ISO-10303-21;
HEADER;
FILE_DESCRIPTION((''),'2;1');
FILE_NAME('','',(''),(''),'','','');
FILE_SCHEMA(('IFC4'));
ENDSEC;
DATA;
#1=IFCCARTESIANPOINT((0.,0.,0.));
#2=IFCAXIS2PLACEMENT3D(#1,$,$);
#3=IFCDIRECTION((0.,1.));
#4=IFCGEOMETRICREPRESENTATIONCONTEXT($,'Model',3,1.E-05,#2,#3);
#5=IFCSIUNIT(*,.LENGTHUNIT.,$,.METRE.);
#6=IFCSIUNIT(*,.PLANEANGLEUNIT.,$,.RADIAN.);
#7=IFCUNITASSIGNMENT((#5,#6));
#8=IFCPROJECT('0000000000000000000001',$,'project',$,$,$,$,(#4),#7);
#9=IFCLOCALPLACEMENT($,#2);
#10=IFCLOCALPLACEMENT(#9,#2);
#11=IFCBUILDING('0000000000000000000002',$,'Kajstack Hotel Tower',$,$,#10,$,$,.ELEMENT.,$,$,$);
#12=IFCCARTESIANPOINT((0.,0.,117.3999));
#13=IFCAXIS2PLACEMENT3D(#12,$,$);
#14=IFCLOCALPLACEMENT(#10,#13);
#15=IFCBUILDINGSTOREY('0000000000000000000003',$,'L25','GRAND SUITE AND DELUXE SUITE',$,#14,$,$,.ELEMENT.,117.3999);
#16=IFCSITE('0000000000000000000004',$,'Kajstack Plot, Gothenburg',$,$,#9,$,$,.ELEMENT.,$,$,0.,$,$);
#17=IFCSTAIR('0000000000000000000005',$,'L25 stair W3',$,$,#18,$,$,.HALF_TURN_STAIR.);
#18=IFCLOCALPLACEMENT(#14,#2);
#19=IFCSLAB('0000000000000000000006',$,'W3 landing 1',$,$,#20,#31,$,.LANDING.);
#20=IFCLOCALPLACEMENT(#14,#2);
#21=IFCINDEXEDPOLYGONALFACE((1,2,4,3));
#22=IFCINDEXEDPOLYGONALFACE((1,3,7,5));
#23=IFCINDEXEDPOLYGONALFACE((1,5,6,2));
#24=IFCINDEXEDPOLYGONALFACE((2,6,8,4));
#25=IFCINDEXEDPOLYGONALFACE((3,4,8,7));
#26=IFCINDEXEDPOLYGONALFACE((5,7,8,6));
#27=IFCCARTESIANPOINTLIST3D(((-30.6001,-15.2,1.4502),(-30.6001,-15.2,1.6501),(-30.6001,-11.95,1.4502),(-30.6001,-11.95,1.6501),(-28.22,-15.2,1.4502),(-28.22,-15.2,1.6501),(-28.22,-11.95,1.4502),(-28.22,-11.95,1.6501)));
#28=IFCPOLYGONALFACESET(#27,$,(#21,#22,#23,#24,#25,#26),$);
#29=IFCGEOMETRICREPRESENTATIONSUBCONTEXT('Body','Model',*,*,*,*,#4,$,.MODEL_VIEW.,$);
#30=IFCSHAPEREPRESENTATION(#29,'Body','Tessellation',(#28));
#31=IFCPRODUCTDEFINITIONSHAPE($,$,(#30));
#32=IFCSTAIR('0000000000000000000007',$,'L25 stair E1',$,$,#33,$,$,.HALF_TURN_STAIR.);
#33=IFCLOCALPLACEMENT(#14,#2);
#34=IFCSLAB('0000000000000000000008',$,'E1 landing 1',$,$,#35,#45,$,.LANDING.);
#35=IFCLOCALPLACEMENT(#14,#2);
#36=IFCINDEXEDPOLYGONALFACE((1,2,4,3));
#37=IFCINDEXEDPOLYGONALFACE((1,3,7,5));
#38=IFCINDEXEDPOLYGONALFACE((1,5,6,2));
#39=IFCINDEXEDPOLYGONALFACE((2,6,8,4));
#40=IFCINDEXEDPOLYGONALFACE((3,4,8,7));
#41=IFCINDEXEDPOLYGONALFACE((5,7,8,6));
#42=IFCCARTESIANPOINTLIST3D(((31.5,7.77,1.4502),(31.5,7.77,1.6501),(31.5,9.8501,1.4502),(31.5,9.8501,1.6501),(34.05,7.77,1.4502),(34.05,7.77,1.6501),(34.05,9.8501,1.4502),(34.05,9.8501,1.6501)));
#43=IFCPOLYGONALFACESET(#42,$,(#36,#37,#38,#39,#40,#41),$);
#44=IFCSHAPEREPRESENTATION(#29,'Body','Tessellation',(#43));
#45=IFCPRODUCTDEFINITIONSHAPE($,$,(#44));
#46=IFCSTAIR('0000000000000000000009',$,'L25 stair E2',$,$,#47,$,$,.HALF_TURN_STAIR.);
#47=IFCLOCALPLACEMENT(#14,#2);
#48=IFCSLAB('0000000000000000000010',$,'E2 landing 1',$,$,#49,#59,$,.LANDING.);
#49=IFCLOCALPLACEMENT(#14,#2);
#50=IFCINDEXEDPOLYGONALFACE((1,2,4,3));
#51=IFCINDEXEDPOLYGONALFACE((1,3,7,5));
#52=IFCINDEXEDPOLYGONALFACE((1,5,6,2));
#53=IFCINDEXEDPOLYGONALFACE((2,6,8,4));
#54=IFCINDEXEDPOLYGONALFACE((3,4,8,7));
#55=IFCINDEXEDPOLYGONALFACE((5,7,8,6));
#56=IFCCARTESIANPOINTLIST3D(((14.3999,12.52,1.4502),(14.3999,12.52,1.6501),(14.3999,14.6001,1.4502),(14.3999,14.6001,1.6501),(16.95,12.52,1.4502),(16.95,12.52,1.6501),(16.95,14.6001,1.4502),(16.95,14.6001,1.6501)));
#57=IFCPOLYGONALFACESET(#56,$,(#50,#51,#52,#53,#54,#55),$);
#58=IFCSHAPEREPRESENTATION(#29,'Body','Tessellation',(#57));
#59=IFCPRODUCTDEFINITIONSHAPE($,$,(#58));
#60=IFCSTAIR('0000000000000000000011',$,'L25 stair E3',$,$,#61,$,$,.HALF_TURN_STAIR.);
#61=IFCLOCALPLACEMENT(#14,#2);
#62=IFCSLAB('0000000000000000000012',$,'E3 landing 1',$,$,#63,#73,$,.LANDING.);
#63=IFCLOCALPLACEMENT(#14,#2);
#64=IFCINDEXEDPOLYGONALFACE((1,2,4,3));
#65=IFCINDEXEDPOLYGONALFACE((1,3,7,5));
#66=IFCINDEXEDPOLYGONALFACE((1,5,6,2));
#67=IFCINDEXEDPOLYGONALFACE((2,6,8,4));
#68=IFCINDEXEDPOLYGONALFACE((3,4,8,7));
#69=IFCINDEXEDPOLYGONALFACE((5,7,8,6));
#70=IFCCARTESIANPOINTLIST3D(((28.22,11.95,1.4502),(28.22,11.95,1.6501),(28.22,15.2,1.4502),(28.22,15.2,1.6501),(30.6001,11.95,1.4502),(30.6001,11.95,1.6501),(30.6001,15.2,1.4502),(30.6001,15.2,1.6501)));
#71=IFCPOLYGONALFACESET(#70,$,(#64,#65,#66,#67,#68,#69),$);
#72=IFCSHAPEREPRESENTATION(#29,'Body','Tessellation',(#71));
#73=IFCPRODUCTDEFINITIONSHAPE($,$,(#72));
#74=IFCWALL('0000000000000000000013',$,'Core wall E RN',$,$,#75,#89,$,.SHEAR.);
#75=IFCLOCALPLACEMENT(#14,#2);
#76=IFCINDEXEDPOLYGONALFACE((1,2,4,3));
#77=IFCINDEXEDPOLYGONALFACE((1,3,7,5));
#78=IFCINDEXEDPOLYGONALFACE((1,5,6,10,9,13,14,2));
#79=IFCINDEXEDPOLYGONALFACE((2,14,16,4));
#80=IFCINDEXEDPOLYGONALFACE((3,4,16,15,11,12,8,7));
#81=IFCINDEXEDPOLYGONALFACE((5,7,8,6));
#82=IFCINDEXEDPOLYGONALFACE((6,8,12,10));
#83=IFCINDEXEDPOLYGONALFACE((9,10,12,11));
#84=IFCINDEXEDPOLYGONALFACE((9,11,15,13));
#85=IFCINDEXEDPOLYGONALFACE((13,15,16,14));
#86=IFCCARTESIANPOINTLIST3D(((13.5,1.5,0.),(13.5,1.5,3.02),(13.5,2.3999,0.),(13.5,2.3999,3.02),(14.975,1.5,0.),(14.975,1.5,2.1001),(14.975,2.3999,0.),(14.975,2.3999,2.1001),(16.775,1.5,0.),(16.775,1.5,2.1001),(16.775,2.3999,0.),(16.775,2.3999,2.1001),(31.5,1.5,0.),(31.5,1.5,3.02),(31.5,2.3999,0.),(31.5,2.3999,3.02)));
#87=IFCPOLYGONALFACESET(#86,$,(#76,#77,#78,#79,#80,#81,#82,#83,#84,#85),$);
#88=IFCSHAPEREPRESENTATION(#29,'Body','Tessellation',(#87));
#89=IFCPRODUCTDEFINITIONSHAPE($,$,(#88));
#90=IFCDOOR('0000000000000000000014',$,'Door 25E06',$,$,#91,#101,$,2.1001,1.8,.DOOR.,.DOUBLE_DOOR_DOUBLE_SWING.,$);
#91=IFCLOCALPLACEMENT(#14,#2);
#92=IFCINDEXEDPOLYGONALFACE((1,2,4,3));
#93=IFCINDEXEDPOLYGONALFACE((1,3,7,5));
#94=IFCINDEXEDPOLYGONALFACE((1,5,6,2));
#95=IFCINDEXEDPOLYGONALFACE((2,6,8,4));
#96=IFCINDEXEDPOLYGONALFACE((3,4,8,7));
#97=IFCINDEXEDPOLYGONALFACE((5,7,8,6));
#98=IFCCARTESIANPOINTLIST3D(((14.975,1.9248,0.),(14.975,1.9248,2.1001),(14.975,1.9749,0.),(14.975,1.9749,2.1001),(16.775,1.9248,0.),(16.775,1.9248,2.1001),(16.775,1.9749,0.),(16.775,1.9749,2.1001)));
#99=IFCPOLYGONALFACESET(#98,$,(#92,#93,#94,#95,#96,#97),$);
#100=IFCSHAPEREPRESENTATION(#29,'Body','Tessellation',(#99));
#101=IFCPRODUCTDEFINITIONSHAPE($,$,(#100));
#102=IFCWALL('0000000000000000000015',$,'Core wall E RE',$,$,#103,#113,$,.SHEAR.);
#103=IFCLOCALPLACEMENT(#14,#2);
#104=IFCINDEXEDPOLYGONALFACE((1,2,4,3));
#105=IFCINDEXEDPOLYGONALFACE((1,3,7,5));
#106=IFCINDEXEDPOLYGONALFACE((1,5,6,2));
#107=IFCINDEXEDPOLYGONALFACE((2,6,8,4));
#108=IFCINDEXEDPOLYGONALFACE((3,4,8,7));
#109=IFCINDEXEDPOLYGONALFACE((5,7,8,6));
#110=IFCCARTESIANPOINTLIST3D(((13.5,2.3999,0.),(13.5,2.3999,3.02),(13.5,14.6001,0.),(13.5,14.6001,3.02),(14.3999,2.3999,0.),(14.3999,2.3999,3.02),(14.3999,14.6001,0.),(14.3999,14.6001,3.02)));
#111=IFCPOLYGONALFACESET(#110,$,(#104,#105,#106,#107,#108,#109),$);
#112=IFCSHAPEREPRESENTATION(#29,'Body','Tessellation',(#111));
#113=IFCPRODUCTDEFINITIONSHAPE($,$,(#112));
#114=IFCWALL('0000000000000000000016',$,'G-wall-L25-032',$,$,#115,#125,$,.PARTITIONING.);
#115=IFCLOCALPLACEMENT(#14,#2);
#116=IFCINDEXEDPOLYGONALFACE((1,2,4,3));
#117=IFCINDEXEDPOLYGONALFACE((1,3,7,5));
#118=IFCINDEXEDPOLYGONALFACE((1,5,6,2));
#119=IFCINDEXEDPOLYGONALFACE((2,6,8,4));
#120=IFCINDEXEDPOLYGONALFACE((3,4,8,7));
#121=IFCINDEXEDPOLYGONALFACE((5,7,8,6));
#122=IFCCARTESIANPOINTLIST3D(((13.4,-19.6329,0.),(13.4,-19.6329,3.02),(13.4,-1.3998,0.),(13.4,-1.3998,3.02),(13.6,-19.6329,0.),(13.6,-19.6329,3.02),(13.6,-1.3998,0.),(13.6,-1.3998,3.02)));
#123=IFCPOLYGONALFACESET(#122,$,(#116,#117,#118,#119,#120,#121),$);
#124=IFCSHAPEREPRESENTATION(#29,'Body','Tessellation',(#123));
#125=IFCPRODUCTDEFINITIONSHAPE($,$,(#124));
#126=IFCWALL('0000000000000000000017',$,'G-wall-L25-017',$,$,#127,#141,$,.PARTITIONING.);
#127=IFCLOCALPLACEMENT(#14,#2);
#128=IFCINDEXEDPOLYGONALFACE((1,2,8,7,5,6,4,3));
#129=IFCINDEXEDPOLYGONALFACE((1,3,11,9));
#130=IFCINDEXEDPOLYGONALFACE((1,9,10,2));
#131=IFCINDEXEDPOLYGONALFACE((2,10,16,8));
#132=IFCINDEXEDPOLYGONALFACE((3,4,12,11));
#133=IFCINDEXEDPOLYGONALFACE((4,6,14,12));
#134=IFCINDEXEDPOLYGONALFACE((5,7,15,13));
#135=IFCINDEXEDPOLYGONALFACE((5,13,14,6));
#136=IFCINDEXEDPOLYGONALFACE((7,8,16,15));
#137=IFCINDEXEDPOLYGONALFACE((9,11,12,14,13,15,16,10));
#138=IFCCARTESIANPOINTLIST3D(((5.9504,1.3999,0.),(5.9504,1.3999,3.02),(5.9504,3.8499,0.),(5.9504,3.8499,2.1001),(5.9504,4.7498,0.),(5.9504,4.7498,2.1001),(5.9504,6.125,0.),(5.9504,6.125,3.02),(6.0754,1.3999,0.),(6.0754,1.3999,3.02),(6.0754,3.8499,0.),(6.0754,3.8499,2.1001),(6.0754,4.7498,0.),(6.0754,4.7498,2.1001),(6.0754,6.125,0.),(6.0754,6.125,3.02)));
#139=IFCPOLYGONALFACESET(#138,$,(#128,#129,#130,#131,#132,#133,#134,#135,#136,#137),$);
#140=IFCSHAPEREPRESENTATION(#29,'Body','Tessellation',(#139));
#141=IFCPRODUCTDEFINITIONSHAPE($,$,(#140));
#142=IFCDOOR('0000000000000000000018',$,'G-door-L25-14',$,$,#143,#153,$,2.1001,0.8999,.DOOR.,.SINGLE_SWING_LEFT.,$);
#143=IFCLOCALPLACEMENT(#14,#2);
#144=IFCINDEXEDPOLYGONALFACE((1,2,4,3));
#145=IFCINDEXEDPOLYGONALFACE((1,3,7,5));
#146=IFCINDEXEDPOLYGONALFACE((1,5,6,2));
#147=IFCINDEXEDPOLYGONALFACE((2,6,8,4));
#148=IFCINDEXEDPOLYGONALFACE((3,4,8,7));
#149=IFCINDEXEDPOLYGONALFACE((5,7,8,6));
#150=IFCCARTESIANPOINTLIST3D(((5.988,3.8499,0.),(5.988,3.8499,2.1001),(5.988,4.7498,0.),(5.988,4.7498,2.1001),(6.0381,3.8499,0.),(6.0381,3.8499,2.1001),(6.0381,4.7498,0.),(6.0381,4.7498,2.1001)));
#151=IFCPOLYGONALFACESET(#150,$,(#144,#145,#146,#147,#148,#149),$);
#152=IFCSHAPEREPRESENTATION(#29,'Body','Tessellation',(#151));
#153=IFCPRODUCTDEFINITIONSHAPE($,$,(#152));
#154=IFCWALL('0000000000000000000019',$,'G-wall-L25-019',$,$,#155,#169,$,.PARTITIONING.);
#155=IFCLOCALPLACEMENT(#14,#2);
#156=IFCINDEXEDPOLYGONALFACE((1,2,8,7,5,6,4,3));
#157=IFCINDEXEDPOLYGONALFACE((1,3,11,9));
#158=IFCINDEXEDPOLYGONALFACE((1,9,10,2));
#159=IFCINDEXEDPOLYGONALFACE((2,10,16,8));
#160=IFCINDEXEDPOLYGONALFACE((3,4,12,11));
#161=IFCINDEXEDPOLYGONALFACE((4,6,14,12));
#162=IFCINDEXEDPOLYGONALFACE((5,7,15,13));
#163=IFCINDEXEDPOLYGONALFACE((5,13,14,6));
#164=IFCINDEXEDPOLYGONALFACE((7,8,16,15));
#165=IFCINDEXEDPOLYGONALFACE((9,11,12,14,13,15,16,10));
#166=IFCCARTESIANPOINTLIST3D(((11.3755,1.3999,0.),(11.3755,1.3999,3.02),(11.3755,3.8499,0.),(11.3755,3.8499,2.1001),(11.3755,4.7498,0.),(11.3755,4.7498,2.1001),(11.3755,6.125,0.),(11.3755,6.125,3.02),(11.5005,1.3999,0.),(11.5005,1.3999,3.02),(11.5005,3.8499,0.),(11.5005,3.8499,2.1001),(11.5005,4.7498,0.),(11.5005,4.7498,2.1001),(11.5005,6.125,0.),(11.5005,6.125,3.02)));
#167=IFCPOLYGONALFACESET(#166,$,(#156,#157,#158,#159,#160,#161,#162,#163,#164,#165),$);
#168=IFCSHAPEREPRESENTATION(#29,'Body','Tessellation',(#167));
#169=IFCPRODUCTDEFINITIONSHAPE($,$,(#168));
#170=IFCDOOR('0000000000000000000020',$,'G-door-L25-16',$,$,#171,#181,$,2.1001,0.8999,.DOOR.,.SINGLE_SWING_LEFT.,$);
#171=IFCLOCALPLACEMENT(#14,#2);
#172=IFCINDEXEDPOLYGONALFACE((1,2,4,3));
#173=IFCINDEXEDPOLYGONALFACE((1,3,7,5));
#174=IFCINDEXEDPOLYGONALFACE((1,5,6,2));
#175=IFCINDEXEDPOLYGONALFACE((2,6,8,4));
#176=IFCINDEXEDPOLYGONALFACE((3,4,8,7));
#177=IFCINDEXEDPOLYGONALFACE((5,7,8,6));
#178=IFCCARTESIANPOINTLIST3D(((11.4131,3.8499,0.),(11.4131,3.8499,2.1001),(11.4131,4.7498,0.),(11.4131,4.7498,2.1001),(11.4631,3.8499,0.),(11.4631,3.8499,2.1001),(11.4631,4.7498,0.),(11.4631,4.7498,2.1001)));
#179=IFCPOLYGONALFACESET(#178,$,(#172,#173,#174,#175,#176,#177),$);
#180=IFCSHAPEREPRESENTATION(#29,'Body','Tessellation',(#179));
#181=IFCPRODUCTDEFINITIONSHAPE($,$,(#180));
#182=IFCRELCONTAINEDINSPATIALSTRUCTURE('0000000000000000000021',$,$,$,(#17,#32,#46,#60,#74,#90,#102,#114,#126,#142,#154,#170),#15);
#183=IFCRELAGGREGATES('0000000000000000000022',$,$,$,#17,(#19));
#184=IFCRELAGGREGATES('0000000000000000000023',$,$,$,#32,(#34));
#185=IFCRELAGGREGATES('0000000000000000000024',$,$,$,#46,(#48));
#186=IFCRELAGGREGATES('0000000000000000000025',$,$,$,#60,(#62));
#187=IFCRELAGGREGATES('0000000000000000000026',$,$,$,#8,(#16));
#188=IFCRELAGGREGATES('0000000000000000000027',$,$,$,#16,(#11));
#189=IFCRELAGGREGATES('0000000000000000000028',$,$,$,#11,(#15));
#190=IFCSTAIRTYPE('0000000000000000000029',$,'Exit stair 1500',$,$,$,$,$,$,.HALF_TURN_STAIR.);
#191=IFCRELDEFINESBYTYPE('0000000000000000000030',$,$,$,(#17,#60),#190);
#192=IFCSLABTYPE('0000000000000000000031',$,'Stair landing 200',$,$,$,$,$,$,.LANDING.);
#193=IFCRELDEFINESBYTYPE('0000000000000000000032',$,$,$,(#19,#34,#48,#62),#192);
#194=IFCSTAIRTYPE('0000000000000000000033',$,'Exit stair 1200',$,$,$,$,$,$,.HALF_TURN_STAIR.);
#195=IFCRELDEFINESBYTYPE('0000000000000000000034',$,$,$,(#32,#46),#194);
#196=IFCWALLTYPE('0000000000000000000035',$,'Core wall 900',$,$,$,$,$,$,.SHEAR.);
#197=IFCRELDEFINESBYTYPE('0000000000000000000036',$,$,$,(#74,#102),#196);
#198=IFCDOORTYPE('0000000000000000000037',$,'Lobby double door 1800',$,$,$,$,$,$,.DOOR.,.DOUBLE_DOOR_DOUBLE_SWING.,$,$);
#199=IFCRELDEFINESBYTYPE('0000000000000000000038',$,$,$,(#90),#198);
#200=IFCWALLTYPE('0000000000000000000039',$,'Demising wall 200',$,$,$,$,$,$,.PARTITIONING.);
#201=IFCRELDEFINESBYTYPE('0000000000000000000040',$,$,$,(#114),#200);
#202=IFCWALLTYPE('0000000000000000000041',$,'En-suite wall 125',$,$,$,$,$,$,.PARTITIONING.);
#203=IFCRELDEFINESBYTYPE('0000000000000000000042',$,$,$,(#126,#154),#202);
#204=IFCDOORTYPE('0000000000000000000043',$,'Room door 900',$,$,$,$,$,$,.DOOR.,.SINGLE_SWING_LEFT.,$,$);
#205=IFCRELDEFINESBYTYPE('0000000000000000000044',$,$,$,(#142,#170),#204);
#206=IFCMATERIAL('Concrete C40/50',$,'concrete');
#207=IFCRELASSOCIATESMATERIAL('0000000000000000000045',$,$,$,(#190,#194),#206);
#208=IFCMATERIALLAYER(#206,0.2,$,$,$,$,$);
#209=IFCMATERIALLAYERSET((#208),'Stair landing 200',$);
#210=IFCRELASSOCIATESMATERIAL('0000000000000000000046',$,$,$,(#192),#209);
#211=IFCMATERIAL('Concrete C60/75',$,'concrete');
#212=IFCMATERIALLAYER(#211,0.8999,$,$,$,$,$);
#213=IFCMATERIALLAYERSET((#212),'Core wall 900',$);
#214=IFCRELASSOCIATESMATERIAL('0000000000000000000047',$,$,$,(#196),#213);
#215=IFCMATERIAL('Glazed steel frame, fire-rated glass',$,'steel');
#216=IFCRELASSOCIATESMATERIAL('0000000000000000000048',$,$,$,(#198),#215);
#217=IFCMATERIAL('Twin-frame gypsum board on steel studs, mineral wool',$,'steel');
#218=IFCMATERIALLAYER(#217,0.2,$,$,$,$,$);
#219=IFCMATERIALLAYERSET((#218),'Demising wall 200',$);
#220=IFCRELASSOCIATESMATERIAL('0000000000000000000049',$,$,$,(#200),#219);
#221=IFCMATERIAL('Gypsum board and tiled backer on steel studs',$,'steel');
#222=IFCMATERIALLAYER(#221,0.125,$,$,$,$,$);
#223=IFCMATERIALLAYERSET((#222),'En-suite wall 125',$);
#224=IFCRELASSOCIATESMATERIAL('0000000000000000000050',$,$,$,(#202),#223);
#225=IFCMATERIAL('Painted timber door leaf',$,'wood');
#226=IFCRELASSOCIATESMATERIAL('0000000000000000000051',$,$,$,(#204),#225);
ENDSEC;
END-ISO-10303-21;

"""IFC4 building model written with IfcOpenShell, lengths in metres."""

from ifc_helpers import new_model, si_unit, direction, frame, frame_2d, origin, place, context, subcontext, project, spatial, polyline, rectangle, outline, extrude, material, layer, layer_set, type_object, element, fill, aggregate, save


model = new_model("IFC4")

# Units and contexts
model_context = context("Model", 3, precision=1e-05, world=origin(), true_north=direction((0.0, 1.0)))
body_context = subcontext(model_context, "Body", "Model", "MODEL_VIEW")
ifc_project = project(units=[si_unit("LENGTHUNIT", "METRE"), si_unit("PLANEANGLEUNIT", "RADIAN")], contexts=[model_context])

# Site, building, storey
site_placement = place(None, origin())
site = spatial("IfcSite", under=ifc_project, at=site_placement, Name="Kajstack Plot, Gothenburg", CompositionType="ELEMENT", RefElevation=0.0)
building_placement = place(site_placement, origin())
building = spatial("IfcBuilding", under=site, at=building_placement, Name="Kajstack Hotel Tower", CompositionType="ELEMENT")
storey_placement = place(building_placement, frame((0.0, 0.0, 117.3999)))
storey = spatial("IfcBuildingStorey", under=building, at=storey_placement, Name="L25", Description="GRAND SUITE AND DELUXE SUITE", CompositionType="ELEMENT", Elevation=117.3999)

# Stairs, slabs
ifc_material_1 = material(Name="Concrete C40/50", Category="concrete")
stair_type_1 = type_object("IfcStairType", Name="Exit stair 1500", PredefinedType="HALF_TURN_STAIR", material=ifc_material_1)
stair_1_placement = place(storey_placement, origin())
stair_1 = element("IfcStair", 1, at=stair_1_placement, inside=storey, type_object=stair_type_1, Name="L25 stair W3", PredefinedType="HALF_TURN_STAIR")
ifc_layer_1 = layer(ifc_material_1, 0.2)
ifc_layer_set_1 = layer_set([ifc_layer_1], Name="Stair landing 200")
slab_type = type_object("IfcSlabType", Name="Stair landing 200", PredefinedType="LANDING", material=ifc_layer_set_1)
slab_1_placement = place(storey_placement, frame((0.0, 0.0, 1.4502)))
slab_1 = element("IfcSlab", 2, at=slab_1_placement, type_object=slab_type, Name="W3 landing 1", PredefinedType="LANDING", context=body_context, shape_type="SweptSolid", body=[
    extrude(outline(polyline([(-28.22, -11.95), (-30.6001, -11.95), (-30.6001, -15.2), (-28.22, -15.2), (-28.22, -11.95)])), origin(), (0.0, 0.0, 1.0), 0.2),
])
aggregate(stair_1, [slab_1])
stair_type_2 = type_object("IfcStairType", Name="Exit stair 1200", PredefinedType="HALF_TURN_STAIR", material=ifc_material_1)
stair_2_placement = place(storey_placement, origin())
stair_2 = element("IfcStair", 3, at=stair_2_placement, inside=storey, type_object=stair_type_2, Name="L25 stair E1", PredefinedType="HALF_TURN_STAIR")
slab_2_placement = place(storey_placement, frame((0.0, 0.0, 1.4502)))
slab_2 = element("IfcSlab", 4, at=slab_2_placement, type_object=slab_type, Name="E1 landing 1", PredefinedType="LANDING", context=body_context, shape_type="SweptSolid", body=[
    extrude(outline(polyline([(34.05, 7.77), (34.05, 9.8501), (31.5, 9.8501), (31.5, 7.77), (34.05, 7.77)])), origin(), (0.0, 0.0, 1.0), 0.2),
])
aggregate(stair_2, [slab_2])
stair_3_placement = place(storey_placement, origin())
stair_3 = element("IfcStair", 5, at=stair_3_placement, inside=storey, type_object=stair_type_2, Name="L25 stair E2", PredefinedType="HALF_TURN_STAIR")
slab_3_placement = place(storey_placement, frame((0.0, 0.0, 1.4502)))
slab_3 = element("IfcSlab", 6, at=slab_3_placement, type_object=slab_type, Name="E2 landing 1", PredefinedType="LANDING", context=body_context, shape_type="SweptSolid", body=[
    extrude(outline(polyline([(16.95, 12.52), (16.95, 14.6001), (14.3999, 14.6001), (14.3999, 12.52), (16.95, 12.52)])), origin(), (0.0, 0.0, 1.0), 0.2),
])
aggregate(stair_3, [slab_3])
stair_4_placement = place(storey_placement, origin())
stair_4 = element("IfcStair", 7, at=stair_4_placement, inside=storey, type_object=stair_type_1, Name="L25 stair E3", PredefinedType="HALF_TURN_STAIR")
slab_4_placement = place(storey_placement, frame((0.0, 0.0, 1.4502)))
slab_4 = element("IfcSlab", 8, at=slab_4_placement, type_object=slab_type, Name="E3 landing 1", PredefinedType="LANDING", context=body_context, shape_type="SweptSolid", body=[
    extrude(outline(polyline([(28.22, 11.95), (30.6001, 11.95), (30.6001, 15.2), (28.22, 15.2), (28.22, 11.95)])), origin(), (0.0, 0.0, 1.0), 0.2),
])
aggregate(stair_4, [slab_4])

# Wall, opening, door
ifc_material_2 = material(Name="Concrete C60/75", Category="concrete")
ifc_layer_2 = layer(ifc_material_2, 0.8999)
ifc_layer_set_2 = layer_set([ifc_layer_2], Name="Core wall 900")
wall_type_1 = type_object("IfcWallType", Name="Core wall 900", PredefinedType="SHEAR", material=ifc_layer_set_2)
wall_1_placement = place(storey_placement, frame((13.5, 1.95, 0.0), z_axis=(0.0, 0.0, 1.0), x_axis=(1.0, 0.0, 0.0)))
wall_1 = element("IfcWall", 9, at=wall_1_placement, inside=storey, type_object=wall_type_1, Name="Core wall E RN", PredefinedType="SHEAR", context=body_context, shape_type="SweptSolid", body=[
    extrude(rectangle(XDim=18.0, YDim=0.8999, at=frame_2d((9.0, 0.0))), origin(), (0.0, 0.0, 1.0), 3.02),
])
opening_1_placement = place(wall_1_placement, frame((1.4751, 0.0, 0.0)))
opening_1 = element("IfcOpeningElement", 10, at=opening_1_placement, cuts=wall_1, PredefinedType="OPENING", context=body_context, shape_type="SweptSolid", body=[
    extrude(rectangle(XDim=1.8, YDim=2.1001, at=frame_2d((0.8999, 1.05))), frame((0.0, 0.46, 0.0), z_axis=(0.0, -1.0, 0.0), x_axis=(1.0, 0.0, 0.0)), (0.0, 0.0, 1.0), 0.9199),
])
ifc_material_3 = material(Name="Glazed steel frame, fire-rated glass", Category="steel")
door_type_1 = type_object("IfcDoorType", Name="Lobby double door 1800", OperationType="DOUBLE_DOOR_DOUBLE_SWING", PredefinedType="DOOR", material=ifc_material_3)
door_1_placement = place(opening_1_placement, origin())
door_1 = element("IfcDoor", 11, at=door_1_placement, inside=storey, type_object=door_type_1, Name="Door 25E06", OperationType="DOUBLE_DOOR_DOUBLE_SWING", OverallHeight=2.1001, OverallWidth=1.8, PredefinedType="DOOR", context=body_context, shape_type="SweptSolid", body=[
    extrude(rectangle(XDim=1.8, YDim=2.1001, at=frame_2d((0.8999, 1.05))), frame((0.0, 0.0249, 0.0), z_axis=(0.0, -1.0, 0.0), x_axis=(1.0, 0.0, 0.0)), (0.0, 0.0, 1.0), 0.05),
])
fill(opening_1, door_1)

# Walls
wall_2_placement = place(storey_placement, frame((13.95, 2.3999, 0.0), z_axis=(0.0, 0.0, 1.0), x_axis=(0.0, 1.0, 0.0)))
element("IfcWall", 12, at=wall_2_placement, inside=storey, type_object=wall_type_1, Name="Core wall E RE", PredefinedType="SHEAR", context=body_context, shape_type="SweptSolid", body=[
    extrude(rectangle(XDim=12.2002, YDim=0.8999, at=frame_2d((6.1001, 0.0))), origin(), (0.0, 0.0, 1.0), 3.02),
])
ifc_material_4 = material(Name="Twin-frame gypsum board on steel studs, mineral wool", Category="steel")
ifc_layer_3 = layer(ifc_material_4, 0.2)
ifc_layer_set_3 = layer_set([ifc_layer_3], Name="Demising wall 200")
wall_type_2 = type_object("IfcWallType", Name="Demising wall 200", PredefinedType="PARTITIONING", material=ifc_layer_set_3)
wall_3_placement = place(storey_placement, frame((13.5, -19.6331, 0.0), z_axis=(0.0, 0.0, 1.0), x_axis=(0.0, 1.0, 0.0)))
element("IfcWall", 13, at=wall_3_placement, inside=storey, type_object=wall_type_2, Name="G-wall-L25-032", PredefinedType="PARTITIONING", context=body_context, shape_type="SweptSolid", body=[
    extrude(rectangle(XDim=18.2332, YDim=0.2, at=frame_2d((9.1167, 0.0))), origin(), (0.0, 0.0, 1.0), 3.02),
])

# Walls, openings, doors
ifc_material_5 = material(Name="Gypsum board and tiled backer on steel studs", Category="steel")
ifc_layer_4 = layer(ifc_material_5, 0.125)
ifc_layer_set_4 = layer_set([ifc_layer_4], Name="En-suite wall 125")
wall_type_3 = type_object("IfcWallType", Name="En-suite wall 125", PredefinedType="PARTITIONING", material=ifc_layer_set_4)
wall_4_placement = place(storey_placement, frame((6.0129, 1.3999, 0.0), z_axis=(0.0, 0.0, 1.0), x_axis=(0.0, 1.0, 0.0)))
wall_4 = element("IfcWall", 14, at=wall_4_placement, inside=storey, type_object=wall_type_3, Name="G-wall-L25-017", PredefinedType="PARTITIONING", context=body_context, shape_type="SweptSolid", body=[
    extrude(rectangle(XDim=4.7251, YDim=0.125, at=frame_2d((2.3625, 0.0))), origin(), (0.0, 0.0, 1.0), 3.02),
])
opening_2_placement = place(wall_4_placement, frame((2.45, 0.0, 0.0)))
opening_2 = element("IfcOpeningElement", 15, at=opening_2_placement, cuts=wall_4, PredefinedType="OPENING", context=body_context, shape_type="SweptSolid", body=[
    extrude(rectangle(XDim=0.8999, YDim=2.1001, at=frame_2d((0.45, 1.05))), frame((0.0, 0.0725, 0.0), z_axis=(0.0, -1.0, 0.0), x_axis=(1.0, 0.0, 0.0)), (0.0, 0.0, 1.0), 0.145),
])
ifc_material_6 = material(Name="Painted timber door leaf", Category="wood")
door_type_2 = type_object("IfcDoorType", Name="Room door 900", OperationType="SINGLE_SWING_LEFT", PredefinedType="DOOR", material=ifc_material_6)
door_2_placement = place(opening_2_placement, origin())
door_2 = element("IfcDoor", 16, at=door_2_placement, inside=storey, type_object=door_type_2, Name="G-door-L25-14", OperationType="SINGLE_SWING_LEFT", OverallHeight=2.1001, OverallWidth=0.8999, PredefinedType="DOOR", context=body_context, shape_type="SweptSolid", body=[
    extrude(rectangle(XDim=0.8999, YDim=2.1001, at=frame_2d((0.45, 1.05))), frame((0.0, 0.0249, 0.0), z_axis=(0.0, -1.0, 0.0), x_axis=(1.0, 0.0, 0.0)), (0.0, 0.0, 1.0), 0.05),
])
fill(opening_2, door_2)
wall_5_placement = place(storey_placement, frame((11.438, 1.3999, 0.0), z_axis=(0.0, 0.0, 1.0), x_axis=(0.0, 1.0, 0.0)))
wall_5 = element("IfcWall", 17, at=wall_5_placement, inside=storey, type_object=wall_type_3, Name="G-wall-L25-019", PredefinedType="PARTITIONING", context=body_context, shape_type="SweptSolid", body=[
    extrude(rectangle(XDim=4.7251, YDim=0.125, at=frame_2d((2.3625, 0.0))), origin(), (0.0, 0.0, 1.0), 3.02),
])
opening_3_placement = place(wall_5_placement, frame((2.45, 0.0, 0.0)))
opening_3 = element("IfcOpeningElement", 18, at=opening_3_placement, cuts=wall_5, PredefinedType="OPENING", context=body_context, shape_type="SweptSolid", body=[
    extrude(rectangle(XDim=0.8999, YDim=2.1001, at=frame_2d((0.45, 1.05))), frame((0.0, 0.0725, 0.0), z_axis=(0.0, -1.0, 0.0), x_axis=(1.0, 0.0, 0.0)), (0.0, 0.0, 1.0), 0.145),
])
door_3_placement = place(opening_3_placement, origin())
door_3 = element("IfcDoor", 19, at=door_3_placement, inside=storey, type_object=door_type_2, Name="G-door-L25-16", OperationType="SINGLE_SWING_LEFT", OverallHeight=2.1001, OverallWidth=0.8999, PredefinedType="DOOR", context=body_context, shape_type="SweptSolid", body=[
    extrude(rectangle(XDim=0.8999, YDim=2.1001, at=frame_2d((0.45, 1.05))), frame((0.0, 0.0249, 0.0), z_axis=(0.0, -1.0, 0.0), x_axis=(1.0, 0.0, 0.0)), (0.0, 0.0, 1.0), 0.05),
])
fill(opening_3, door_3)

save(model, "model.ifc")
